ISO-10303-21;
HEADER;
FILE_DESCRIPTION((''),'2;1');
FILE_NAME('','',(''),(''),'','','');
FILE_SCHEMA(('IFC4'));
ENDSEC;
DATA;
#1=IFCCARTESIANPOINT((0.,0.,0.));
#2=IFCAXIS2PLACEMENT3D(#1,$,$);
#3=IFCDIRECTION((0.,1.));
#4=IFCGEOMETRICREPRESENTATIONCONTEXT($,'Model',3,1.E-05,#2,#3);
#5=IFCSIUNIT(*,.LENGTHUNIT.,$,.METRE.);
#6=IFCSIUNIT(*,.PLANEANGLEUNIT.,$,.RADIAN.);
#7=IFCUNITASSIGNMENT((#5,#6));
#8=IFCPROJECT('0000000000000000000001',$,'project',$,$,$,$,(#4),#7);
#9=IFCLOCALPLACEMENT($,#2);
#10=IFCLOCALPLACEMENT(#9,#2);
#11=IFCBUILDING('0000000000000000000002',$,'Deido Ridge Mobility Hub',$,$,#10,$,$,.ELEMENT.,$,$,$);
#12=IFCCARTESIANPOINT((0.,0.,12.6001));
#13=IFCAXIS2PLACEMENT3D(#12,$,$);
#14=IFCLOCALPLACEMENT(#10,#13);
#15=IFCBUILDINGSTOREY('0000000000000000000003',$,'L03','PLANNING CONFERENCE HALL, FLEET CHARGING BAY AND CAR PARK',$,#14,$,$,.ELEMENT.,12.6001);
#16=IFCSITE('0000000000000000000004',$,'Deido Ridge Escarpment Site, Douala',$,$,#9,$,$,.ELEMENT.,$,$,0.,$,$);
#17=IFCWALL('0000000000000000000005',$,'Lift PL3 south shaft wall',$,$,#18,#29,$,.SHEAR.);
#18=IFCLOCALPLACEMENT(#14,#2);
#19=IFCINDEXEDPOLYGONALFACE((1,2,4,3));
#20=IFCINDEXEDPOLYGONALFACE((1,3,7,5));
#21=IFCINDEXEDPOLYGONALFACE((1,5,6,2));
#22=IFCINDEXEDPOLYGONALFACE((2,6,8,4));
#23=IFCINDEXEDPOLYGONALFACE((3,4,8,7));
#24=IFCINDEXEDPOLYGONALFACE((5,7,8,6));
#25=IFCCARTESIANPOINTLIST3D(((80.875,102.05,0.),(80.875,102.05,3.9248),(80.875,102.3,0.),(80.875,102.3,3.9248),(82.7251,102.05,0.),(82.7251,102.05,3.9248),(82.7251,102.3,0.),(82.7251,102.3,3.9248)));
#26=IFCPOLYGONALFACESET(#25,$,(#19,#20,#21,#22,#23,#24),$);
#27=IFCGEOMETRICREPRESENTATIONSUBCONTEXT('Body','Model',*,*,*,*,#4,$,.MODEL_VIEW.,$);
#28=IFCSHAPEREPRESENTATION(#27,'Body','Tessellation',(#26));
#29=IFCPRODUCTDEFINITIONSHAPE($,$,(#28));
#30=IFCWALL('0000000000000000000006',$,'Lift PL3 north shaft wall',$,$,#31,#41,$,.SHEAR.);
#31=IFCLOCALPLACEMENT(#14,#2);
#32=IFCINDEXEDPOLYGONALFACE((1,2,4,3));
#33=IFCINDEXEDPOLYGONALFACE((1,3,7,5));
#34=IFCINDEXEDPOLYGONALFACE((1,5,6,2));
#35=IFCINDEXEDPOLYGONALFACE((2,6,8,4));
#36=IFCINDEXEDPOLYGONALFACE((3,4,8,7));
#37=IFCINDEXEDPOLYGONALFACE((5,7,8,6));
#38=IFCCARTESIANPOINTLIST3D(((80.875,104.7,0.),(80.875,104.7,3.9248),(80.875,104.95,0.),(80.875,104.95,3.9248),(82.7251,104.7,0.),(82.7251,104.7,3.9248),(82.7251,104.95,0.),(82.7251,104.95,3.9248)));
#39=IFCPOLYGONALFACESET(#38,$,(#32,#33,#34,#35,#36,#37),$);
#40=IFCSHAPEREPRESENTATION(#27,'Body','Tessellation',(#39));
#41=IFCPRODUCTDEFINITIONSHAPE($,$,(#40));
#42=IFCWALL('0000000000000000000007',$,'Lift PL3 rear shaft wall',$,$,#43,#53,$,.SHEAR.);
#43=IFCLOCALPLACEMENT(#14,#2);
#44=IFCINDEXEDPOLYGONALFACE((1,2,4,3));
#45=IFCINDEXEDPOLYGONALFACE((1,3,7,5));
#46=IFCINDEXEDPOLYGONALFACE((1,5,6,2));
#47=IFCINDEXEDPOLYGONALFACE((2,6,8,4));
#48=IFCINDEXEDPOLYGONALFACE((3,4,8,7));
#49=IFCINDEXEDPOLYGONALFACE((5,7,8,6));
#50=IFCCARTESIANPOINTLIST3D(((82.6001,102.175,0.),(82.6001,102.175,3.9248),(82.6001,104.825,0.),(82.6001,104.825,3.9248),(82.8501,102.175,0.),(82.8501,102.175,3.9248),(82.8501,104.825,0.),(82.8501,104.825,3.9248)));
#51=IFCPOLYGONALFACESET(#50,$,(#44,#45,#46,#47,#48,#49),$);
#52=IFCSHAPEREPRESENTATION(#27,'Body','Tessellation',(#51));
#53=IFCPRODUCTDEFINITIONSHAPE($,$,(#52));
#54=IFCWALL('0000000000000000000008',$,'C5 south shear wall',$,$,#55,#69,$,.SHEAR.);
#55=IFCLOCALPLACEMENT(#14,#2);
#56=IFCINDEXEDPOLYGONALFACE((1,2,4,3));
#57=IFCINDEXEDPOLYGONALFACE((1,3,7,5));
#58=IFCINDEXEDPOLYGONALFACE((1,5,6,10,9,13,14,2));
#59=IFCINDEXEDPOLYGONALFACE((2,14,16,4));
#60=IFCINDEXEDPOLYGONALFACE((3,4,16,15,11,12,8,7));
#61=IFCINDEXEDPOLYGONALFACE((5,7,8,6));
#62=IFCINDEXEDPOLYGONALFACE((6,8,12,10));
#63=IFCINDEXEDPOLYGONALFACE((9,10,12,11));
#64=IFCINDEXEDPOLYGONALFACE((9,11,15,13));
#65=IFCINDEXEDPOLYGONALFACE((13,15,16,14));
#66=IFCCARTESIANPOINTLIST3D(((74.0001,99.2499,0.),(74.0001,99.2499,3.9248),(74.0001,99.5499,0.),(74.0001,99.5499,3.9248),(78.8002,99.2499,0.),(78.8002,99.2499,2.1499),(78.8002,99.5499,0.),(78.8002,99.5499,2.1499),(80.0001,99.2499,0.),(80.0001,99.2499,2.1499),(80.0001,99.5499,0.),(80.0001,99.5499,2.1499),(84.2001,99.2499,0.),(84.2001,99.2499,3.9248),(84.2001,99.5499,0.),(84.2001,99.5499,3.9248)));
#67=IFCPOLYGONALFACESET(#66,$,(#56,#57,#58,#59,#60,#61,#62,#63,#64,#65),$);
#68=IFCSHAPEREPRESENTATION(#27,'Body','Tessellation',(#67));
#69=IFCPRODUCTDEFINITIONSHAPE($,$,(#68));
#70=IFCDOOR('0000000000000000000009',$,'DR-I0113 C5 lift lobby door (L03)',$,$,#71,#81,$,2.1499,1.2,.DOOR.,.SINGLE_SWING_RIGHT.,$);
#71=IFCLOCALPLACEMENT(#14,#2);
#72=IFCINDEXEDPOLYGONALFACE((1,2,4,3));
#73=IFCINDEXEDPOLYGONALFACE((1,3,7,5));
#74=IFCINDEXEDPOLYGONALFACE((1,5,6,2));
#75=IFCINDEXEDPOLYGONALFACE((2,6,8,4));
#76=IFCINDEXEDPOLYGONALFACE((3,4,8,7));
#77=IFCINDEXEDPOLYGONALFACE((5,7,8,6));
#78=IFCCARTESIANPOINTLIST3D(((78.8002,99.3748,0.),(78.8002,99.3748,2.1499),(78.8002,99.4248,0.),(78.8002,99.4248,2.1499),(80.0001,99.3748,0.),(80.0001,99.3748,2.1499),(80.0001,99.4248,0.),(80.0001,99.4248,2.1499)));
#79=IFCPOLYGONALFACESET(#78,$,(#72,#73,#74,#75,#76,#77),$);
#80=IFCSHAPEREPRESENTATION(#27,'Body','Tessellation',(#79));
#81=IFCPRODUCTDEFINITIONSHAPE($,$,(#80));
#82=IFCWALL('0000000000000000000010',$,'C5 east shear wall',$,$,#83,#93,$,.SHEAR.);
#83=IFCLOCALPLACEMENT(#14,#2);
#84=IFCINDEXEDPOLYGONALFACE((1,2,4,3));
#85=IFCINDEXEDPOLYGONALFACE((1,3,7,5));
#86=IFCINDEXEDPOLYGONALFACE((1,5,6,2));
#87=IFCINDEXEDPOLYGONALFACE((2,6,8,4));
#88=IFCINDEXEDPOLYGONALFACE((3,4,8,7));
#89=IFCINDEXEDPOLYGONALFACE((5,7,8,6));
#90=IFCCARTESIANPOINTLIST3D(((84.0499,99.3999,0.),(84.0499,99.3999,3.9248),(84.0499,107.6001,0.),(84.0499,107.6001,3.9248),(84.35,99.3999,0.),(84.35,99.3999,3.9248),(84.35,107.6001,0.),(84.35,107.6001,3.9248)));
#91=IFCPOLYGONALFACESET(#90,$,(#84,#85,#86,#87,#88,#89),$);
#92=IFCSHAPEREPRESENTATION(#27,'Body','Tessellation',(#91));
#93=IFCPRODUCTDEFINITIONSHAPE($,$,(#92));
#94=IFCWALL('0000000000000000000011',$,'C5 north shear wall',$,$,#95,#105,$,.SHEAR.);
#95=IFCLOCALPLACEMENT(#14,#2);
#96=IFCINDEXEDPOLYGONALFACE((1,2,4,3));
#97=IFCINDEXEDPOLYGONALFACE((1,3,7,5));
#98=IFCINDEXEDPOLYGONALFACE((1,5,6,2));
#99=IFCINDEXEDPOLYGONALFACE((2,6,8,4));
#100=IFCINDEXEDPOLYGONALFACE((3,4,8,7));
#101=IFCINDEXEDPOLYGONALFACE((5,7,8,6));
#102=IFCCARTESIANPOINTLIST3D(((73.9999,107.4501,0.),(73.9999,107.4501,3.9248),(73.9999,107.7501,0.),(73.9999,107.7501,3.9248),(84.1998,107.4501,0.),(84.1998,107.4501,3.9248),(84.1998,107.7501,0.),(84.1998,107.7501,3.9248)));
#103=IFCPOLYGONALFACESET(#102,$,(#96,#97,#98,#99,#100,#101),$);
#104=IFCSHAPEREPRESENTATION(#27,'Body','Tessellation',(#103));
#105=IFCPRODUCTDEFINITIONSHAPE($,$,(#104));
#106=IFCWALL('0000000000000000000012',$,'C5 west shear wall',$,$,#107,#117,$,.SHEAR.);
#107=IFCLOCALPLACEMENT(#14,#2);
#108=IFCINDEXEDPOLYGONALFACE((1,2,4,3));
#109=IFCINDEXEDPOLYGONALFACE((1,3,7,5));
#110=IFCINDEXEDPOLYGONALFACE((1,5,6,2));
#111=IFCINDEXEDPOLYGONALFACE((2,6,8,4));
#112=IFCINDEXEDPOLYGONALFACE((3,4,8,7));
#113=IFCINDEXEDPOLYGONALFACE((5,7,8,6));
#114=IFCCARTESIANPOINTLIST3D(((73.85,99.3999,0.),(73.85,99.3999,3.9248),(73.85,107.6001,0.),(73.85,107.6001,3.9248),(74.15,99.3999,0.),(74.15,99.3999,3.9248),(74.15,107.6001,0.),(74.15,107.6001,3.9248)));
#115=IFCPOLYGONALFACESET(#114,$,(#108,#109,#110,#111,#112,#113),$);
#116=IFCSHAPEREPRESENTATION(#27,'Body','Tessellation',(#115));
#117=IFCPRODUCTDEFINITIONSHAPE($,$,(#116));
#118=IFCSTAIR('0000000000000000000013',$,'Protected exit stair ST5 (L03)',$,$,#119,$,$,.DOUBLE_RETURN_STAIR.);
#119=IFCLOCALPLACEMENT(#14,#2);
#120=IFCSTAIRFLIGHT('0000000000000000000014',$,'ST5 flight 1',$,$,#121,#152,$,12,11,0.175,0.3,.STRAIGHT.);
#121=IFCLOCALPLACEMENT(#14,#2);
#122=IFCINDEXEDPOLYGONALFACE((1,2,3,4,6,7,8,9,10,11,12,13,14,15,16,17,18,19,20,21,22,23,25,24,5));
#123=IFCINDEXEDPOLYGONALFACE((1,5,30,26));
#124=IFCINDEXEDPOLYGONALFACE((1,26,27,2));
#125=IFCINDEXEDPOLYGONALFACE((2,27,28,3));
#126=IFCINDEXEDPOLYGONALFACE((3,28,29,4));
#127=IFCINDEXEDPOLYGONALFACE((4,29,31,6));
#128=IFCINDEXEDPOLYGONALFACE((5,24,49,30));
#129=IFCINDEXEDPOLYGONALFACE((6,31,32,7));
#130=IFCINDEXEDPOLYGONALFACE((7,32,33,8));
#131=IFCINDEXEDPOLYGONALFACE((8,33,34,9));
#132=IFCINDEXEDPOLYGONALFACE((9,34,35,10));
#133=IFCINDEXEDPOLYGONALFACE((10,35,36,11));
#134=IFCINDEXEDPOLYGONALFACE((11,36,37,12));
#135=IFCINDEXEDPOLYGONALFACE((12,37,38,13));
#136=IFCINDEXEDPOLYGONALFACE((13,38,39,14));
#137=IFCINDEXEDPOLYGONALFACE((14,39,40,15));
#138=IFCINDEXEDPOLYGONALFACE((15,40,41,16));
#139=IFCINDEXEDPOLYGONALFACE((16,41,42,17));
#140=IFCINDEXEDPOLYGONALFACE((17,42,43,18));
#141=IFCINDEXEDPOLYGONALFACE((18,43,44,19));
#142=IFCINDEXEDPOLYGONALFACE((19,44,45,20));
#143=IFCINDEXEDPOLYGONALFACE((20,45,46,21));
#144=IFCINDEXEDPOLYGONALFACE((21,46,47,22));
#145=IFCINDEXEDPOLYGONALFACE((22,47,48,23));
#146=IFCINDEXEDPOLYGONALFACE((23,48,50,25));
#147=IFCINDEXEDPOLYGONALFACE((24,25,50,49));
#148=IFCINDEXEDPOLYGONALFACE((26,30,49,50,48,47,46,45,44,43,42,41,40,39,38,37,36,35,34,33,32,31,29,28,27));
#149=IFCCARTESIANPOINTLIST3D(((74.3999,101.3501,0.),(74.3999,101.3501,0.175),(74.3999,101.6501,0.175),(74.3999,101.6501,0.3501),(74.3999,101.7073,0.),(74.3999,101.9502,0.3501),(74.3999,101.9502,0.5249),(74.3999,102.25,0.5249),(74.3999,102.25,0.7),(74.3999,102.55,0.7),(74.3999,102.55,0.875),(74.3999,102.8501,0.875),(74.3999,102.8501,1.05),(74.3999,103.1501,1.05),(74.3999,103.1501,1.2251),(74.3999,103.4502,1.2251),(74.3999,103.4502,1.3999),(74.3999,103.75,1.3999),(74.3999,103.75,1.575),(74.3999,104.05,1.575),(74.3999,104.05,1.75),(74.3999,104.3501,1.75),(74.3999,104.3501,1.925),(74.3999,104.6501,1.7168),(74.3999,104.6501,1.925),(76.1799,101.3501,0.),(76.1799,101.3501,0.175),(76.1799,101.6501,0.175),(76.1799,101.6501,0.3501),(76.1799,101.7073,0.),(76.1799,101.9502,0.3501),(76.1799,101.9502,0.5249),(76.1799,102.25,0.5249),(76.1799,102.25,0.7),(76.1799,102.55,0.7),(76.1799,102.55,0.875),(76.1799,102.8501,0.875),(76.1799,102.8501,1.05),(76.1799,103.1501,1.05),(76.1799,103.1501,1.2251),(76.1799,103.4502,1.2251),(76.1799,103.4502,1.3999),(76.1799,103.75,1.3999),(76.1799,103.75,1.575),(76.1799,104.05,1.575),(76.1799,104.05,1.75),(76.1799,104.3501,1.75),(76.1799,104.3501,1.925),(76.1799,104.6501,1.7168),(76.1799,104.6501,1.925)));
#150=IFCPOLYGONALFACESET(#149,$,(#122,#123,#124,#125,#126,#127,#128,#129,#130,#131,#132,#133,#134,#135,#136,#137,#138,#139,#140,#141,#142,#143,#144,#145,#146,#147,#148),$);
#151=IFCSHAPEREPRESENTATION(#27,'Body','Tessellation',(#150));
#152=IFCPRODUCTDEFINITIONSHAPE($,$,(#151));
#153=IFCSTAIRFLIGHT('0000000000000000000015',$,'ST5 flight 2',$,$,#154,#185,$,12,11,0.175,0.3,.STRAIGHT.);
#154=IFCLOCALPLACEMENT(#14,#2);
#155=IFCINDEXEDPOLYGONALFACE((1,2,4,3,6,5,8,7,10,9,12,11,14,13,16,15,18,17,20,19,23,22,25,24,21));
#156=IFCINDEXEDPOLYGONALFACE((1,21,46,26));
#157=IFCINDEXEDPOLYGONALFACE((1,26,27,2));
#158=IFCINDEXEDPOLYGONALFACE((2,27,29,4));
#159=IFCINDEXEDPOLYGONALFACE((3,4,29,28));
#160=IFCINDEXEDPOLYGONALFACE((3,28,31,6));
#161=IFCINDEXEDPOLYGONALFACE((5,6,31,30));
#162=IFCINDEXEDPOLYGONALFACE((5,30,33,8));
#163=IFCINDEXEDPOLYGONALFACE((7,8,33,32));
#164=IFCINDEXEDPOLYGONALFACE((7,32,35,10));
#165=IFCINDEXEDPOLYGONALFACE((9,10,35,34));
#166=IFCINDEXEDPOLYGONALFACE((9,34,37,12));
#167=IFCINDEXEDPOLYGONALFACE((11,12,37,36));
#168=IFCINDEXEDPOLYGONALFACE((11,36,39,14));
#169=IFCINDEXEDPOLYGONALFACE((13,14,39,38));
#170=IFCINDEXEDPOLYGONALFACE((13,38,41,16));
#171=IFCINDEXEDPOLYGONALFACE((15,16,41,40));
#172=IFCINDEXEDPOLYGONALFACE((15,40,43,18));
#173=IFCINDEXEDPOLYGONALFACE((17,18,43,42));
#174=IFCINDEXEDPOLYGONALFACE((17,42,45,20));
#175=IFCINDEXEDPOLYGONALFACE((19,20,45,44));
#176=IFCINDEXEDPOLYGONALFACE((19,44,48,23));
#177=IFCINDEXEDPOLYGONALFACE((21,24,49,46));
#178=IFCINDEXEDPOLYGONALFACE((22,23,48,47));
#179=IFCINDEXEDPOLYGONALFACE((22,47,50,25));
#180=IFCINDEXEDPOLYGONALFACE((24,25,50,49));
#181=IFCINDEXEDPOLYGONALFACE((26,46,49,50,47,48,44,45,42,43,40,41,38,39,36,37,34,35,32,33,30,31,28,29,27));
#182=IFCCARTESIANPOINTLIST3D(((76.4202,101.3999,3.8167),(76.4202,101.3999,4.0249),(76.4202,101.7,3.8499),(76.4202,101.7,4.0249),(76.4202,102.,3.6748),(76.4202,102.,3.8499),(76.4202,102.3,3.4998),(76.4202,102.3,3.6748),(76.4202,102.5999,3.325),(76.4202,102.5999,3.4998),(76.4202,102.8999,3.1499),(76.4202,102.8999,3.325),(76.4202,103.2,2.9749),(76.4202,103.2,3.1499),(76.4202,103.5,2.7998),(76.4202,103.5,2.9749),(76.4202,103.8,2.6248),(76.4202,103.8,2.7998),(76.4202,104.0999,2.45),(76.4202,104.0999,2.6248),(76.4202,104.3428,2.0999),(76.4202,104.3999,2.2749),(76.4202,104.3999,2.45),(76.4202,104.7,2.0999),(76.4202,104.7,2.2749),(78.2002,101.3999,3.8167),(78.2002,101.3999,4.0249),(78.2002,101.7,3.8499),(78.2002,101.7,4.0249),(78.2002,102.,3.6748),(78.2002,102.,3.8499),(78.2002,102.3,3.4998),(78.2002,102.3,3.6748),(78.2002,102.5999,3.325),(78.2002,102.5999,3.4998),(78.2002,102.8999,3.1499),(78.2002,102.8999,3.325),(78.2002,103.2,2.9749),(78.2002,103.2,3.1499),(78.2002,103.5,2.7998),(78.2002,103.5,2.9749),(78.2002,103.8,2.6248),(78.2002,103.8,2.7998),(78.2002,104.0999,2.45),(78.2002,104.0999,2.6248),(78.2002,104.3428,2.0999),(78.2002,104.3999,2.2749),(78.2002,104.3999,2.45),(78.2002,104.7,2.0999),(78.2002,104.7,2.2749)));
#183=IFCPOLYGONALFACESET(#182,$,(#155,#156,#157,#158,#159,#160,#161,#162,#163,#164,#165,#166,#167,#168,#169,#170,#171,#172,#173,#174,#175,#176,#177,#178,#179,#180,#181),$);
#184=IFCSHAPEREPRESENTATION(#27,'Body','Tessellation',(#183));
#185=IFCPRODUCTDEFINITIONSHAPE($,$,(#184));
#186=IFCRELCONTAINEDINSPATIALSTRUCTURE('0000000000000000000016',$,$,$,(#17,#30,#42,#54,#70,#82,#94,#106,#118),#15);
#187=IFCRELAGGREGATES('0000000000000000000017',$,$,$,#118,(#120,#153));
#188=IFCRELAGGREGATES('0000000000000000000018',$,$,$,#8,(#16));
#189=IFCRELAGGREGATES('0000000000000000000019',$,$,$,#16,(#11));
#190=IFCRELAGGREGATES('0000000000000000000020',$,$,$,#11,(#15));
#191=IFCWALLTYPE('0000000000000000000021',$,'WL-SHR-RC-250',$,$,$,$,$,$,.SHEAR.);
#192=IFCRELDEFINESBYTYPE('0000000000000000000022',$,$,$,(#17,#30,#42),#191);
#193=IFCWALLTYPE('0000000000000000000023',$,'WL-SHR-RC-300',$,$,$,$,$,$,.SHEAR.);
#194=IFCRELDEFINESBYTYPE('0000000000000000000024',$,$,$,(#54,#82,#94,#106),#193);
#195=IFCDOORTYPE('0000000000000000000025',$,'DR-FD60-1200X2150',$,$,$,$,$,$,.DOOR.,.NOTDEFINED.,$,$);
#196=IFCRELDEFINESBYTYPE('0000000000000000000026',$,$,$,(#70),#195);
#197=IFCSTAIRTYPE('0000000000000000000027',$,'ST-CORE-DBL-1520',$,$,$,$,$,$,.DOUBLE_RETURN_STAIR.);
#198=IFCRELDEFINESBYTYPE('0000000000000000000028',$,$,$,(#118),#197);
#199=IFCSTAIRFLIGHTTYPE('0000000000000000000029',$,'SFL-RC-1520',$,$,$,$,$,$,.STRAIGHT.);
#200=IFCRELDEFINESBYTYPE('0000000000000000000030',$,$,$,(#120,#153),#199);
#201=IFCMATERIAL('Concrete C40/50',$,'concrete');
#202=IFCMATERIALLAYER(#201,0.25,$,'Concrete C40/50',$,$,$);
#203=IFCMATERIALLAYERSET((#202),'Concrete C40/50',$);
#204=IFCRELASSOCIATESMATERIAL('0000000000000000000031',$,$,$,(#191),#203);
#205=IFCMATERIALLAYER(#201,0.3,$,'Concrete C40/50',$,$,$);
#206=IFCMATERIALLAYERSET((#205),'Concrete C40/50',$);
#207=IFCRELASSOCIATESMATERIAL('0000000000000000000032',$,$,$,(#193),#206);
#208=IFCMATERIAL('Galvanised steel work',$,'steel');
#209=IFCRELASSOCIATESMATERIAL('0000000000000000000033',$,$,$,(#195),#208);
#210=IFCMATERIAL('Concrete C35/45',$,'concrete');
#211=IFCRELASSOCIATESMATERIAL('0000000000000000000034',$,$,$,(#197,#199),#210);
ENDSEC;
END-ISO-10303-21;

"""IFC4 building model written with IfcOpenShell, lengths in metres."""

from ifc_helpers import new_model, si_unit, direction, frame, frame_2d, origin, place, context, subcontext, project, spatial, polyline, rectangle, outline, extrude, material, layer, layer_set, type_object, element, fill, aggregate, save


model = new_model("IFC4")

# Units and contexts
model_context = context("Model", 3, precision=1e-05, world=origin(), true_north=direction((0.0, 1.0)))
body_context = subcontext(model_context, "Body", "Model", "MODEL_VIEW")
ifc_project = project(units=[si_unit("LENGTHUNIT", "METRE"), si_unit("PLANEANGLEUNIT", "RADIAN")], contexts=[model_context])

# Site, building, storey
site_placement = place(None, origin())
site = spatial("IfcSite", under=ifc_project, at=site_placement, Name="Deido Ridge Escarpment Site, Douala", CompositionType="ELEMENT", RefElevation=0.0)
building_placement = place(site_placement, origin())
building = spatial("IfcBuilding", under=site, at=building_placement, Name="Deido Ridge Mobility Hub", CompositionType="ELEMENT")
storey_placement = place(building_placement, frame((0.0, 0.0, 12.6001)))
storey = spatial("IfcBuildingStorey", under=building, at=storey_placement, Name="L03", Description="PLANNING CONFERENCE HALL, FLEET CHARGING BAY AND CAR PARK", CompositionType="ELEMENT", Elevation=12.6001)

# Shared definitions
ifc_material_1 = material(Name="Concrete C40/50", Category="concrete")
ifc_layer_1 = layer(ifc_material_1, 0.25, Name="Concrete C40/50")
ifc_layer_set_1 = layer_set([ifc_layer_1], Name="Concrete C40/50")
wall_type_1 = type_object("IfcWallType", Name="WL-SHR-RC-250", PredefinedType="SHEAR", material=ifc_layer_set_1)
ifc_material_2 = material(Name="Galvanised steel work", Category="steel")

# Walls
for number, where, z_axis, x_axis, name in (
    (1, (80.875, 102.175, 0.0), (0.0, 0.0, 1.0), (1.0, 0.0, 0.0), "Lift PL3 south shaft wall"),
    (2, (80.875, 104.825, 0.0), (0.0, 0.0, 1.0), (1.0, 0.0, 0.0), "Lift PL3 north shaft wall"),
):
    element("IfcWall", number, at=place(storey_placement, frame(where, z_axis=z_axis, x_axis=x_axis)), inside=storey, type_object=wall_type_1, Name=name, PredefinedType="SHEAR", context=body_context, shape_type="SweptSolid", body=[
        extrude(rectangle(XDim=1.8501, YDim=0.25, at=frame_2d((0.925, 0.0))), origin(), (0.0, 0.0, 1.0), 3.9248),
    ])
wall_1_placement = place(storey_placement, frame((82.7251, 102.175, 0.0), z_axis=(0.0, 0.0, 1.0), x_axis=(0.0, 1.0, 0.0)))
element("IfcWall", 3, at=wall_1_placement, inside=storey, type_object=wall_type_1, Name="Lift PL3 rear shaft wall", PredefinedType="SHEAR", context=body_context, shape_type="SweptSolid", body=[
    extrude(rectangle(XDim=2.6499, YDim=0.25, at=frame_2d((1.325, 0.0))), origin(), (0.0, 0.0, 1.0), 3.9248),
])

# Wall, opening, door
ifc_layer_2 = layer(ifc_material_1, 0.3, Name="Concrete C40/50")
ifc_layer_set_2 = layer_set([ifc_layer_2], Name="Concrete C40/50")
wall_type_2 = type_object("IfcWallType", Name="WL-SHR-RC-300", PredefinedType="SHEAR", material=ifc_layer_set_2)
wall_2_placement = place(storey_placement, frame((74.0, 99.3999, 0.0), z_axis=(0.0, 0.0, 1.0), x_axis=(1.0, 0.0, 0.0)))
wall_2 = element("IfcWall", 4, at=wall_2_placement, inside=storey, type_object=wall_type_2, Name="C5 south shear wall", PredefinedType="SHEAR", context=body_context, shape_type="SweptSolid", body=[
    extrude(rectangle(XDim=10.2, YDim=0.3, at=frame_2d((5.1001, 0.0))), origin(), (0.0, 0.0, 1.0), 3.9248),
])
opening_1_placement = place(wall_2_placement, frame((4.8, 0.0, 0.0)))
opening_1 = element("IfcOpeningElement", 5, at=opening_1_placement, cuts=wall_2, PredefinedType="OPENING", context=body_context, shape_type="SweptSolid", body=[
    extrude(rectangle(XDim=1.2, YDim=2.1499, at=frame_2d((0.6001, 1.075))), frame((0.0, 0.1602, 0.0), z_axis=(0.0, -1.0, 0.0), x_axis=(1.0, 0.0, 0.0)), (0.0, 0.0, 1.0), 0.3201),
])
door_type_1 = type_object("IfcDoorType", Name="DR-FD60-1200X2150", OperationType="NOTDEFINED", PredefinedType="DOOR", material=ifc_material_2)
door_1_placement = place(opening_1_placement, origin())
door_1 = element("IfcDoor", 6, at=door_1_placement, inside=storey, type_object=door_type_1, Name="DR-I0113 C5 lift lobby door (L03)", OperationType="SINGLE_SWING_RIGHT", OverallHeight=2.1499, OverallWidth=1.2, PredefinedType="DOOR", context=body_context, shape_type="SweptSolid", body=[
    extrude(rectangle(XDim=1.2, YDim=2.1499, at=frame_2d((0.6001, 1.075))), frame((0.0, 0.0249, 0.0), z_axis=(0.0, -1.0, 0.0), x_axis=(1.0, 0.0, 0.0)), (0.0, 0.0, 1.0), 0.05),
])
fill(opening_1, door_1)

# Walls
wall_3_placement = place(storey_placement, frame((84.2, 99.3999, 0.0), z_axis=(0.0, 0.0, 1.0), x_axis=(0.0, 1.0, 0.0)))
element("IfcWall", 7, at=wall_3_placement, inside=storey, type_object=wall_type_2, Name="C5 east shear wall", PredefinedType="SHEAR", context=body_context, shape_type="SweptSolid", body=[
    extrude(rectangle(XDim=8.2002, YDim=0.3, at=frame_2d((4.1001, 0.0))), origin(), (0.0, 0.0, 1.0), 3.9248),
])
wall_4_placement = place(storey_placement, frame((84.2, 107.6001, 0.0), z_axis=(0.0, 0.0, 1.0), x_axis=(-1.0, 0.0, 0.0)))
element("IfcWall", 8, at=wall_4_placement, inside=storey, type_object=wall_type_2, Name="C5 north shear wall", PredefinedType="SHEAR", context=body_context, shape_type="SweptSolid", body=[
    extrude(rectangle(XDim=10.2, YDim=0.3, at=frame_2d((5.1001, 0.0))), origin(), (0.0, 0.0, 1.0), 3.9248),
])
wall_5_placement = place(storey_placement, frame((74.0, 107.6001, 0.0), z_axis=(0.0, 0.0, 1.0), x_axis=(0.0, -1.0, 0.0)))
element("IfcWall", 9, at=wall_5_placement, inside=storey, type_object=wall_type_2, Name="C5 west shear wall", PredefinedType="SHEAR", context=body_context, shape_type="SweptSolid", body=[
    extrude(rectangle(XDim=8.2002, YDim=0.3, at=frame_2d((4.1001, 0.0))), origin(), (0.0, 0.0, 1.0), 3.9248),
])

# Stair, stair flights
ifc_material_3 = material(Name="Concrete C35/45", Category="concrete")
stair_type = type_object("IfcStairType", Name="ST-CORE-DBL-1520", PredefinedType="DOUBLE_RETURN_STAIR", material=ifc_material_3)
stair_placement = place(storey_placement, origin())
stair = element("IfcStair", 10, at=stair_placement, inside=storey, type_object=stair_type, Name="Protected exit stair ST5 (L03)", PredefinedType="DOUBLE_RETURN_STAIR")
stair_flight_type = type_object("IfcStairFlightType", Name="SFL-RC-1520", PredefinedType="STRAIGHT", material=ifc_material_3)
stair_flight_1_placement = place(storey_placement, frame((75.29, 101.3501, 0.0), z_axis=(0.0, 0.0, 1.0), x_axis=(0.0, 1.0, 0.0)))
stair_flight_1 = element("IfcStairFlight", 11, at=stair_flight_1_placement, type_object=stair_flight_type, Name="ST5 flight 1", NumberOfRisers=12, NumberOfTreads=11, PredefinedType="STRAIGHT", RiserHeight=0.175, TreadLength=0.3, context=body_context, shape_type="SweptSolid", body=[
    extrude(outline(polyline([(0.0, 0.0), (0.0, 0.175), (0.3, 0.175), (0.3, 0.3501), (0.6001, 0.3501), (0.6001, 0.5249), (0.8999, 0.5249), (0.8999, 0.7), (1.2, 0.7), (1.2, 0.875), (1.5, 0.875), (1.5, 1.05), (1.8, 1.05), (1.8, 1.2251), (2.1001, 1.2251), (2.1001, 1.3999), (2.3999, 1.3999), (2.3999, 1.575), (2.7, 1.575), (2.7, 1.75), (3.0, 1.75), (3.0, 1.925), (3.3, 1.925), (3.3, 2.1001), (3.3, 1.7168), (0.3572, 0.0), (0.0, 0.0)])), frame((0.0, 0.8901, 0.0), z_axis=(0.0, -1.0, 0.0), x_axis=(1.0, 0.0, 0.0)), (0.0, 0.0, 1.0), 1.78),
])
stair_flight_2_placement = place(storey_placement, frame((77.3101, 104.7, 2.0999), z_axis=(0.0, 0.0, 1.0), x_axis=(0.0, -1.0, 0.0)))
stair_flight_2 = element("IfcStairFlight", 12, at=stair_flight_2_placement, type_object=stair_flight_type, Name="ST5 flight 2", NumberOfRisers=12, NumberOfTreads=11, PredefinedType="STRAIGHT", RiserHeight=0.175, TreadLength=0.3, context=body_context, shape_type="SweptSolid", body=[
    extrude(outline(polyline([(0.0, 0.0), (0.0, 0.175), (0.3, 0.175), (0.3, 0.3501), (0.6001, 0.3501), (0.6001, 0.5249), (0.8999, 0.5249), (0.8999, 0.7), (1.2, 0.7), (1.2, 0.875), (1.5, 0.875), (1.5, 1.05), (1.8, 1.05), (1.8, 1.2251), (2.1001, 1.2251), (2.1001, 1.3999), (2.3999, 1.3999), (2.3999, 1.575), (2.7, 1.575), (2.7, 1.75), (3.0, 1.75), (3.0, 1.925), (3.3, 1.925), (3.3, 2.1001), (3.3, 1.7168), (0.3572, 0.0), (0.0, 0.0)])), frame((0.0, 0.8901, 0.0), z_axis=(0.0, -1.0, 0.0), x_axis=(1.0, 0.0, 0.0)), (0.0, 0.0, 1.0), 1.78),
])
aggregate(stair, [stair_flight_1, stair_flight_2])

save(model, "model.ifc")
